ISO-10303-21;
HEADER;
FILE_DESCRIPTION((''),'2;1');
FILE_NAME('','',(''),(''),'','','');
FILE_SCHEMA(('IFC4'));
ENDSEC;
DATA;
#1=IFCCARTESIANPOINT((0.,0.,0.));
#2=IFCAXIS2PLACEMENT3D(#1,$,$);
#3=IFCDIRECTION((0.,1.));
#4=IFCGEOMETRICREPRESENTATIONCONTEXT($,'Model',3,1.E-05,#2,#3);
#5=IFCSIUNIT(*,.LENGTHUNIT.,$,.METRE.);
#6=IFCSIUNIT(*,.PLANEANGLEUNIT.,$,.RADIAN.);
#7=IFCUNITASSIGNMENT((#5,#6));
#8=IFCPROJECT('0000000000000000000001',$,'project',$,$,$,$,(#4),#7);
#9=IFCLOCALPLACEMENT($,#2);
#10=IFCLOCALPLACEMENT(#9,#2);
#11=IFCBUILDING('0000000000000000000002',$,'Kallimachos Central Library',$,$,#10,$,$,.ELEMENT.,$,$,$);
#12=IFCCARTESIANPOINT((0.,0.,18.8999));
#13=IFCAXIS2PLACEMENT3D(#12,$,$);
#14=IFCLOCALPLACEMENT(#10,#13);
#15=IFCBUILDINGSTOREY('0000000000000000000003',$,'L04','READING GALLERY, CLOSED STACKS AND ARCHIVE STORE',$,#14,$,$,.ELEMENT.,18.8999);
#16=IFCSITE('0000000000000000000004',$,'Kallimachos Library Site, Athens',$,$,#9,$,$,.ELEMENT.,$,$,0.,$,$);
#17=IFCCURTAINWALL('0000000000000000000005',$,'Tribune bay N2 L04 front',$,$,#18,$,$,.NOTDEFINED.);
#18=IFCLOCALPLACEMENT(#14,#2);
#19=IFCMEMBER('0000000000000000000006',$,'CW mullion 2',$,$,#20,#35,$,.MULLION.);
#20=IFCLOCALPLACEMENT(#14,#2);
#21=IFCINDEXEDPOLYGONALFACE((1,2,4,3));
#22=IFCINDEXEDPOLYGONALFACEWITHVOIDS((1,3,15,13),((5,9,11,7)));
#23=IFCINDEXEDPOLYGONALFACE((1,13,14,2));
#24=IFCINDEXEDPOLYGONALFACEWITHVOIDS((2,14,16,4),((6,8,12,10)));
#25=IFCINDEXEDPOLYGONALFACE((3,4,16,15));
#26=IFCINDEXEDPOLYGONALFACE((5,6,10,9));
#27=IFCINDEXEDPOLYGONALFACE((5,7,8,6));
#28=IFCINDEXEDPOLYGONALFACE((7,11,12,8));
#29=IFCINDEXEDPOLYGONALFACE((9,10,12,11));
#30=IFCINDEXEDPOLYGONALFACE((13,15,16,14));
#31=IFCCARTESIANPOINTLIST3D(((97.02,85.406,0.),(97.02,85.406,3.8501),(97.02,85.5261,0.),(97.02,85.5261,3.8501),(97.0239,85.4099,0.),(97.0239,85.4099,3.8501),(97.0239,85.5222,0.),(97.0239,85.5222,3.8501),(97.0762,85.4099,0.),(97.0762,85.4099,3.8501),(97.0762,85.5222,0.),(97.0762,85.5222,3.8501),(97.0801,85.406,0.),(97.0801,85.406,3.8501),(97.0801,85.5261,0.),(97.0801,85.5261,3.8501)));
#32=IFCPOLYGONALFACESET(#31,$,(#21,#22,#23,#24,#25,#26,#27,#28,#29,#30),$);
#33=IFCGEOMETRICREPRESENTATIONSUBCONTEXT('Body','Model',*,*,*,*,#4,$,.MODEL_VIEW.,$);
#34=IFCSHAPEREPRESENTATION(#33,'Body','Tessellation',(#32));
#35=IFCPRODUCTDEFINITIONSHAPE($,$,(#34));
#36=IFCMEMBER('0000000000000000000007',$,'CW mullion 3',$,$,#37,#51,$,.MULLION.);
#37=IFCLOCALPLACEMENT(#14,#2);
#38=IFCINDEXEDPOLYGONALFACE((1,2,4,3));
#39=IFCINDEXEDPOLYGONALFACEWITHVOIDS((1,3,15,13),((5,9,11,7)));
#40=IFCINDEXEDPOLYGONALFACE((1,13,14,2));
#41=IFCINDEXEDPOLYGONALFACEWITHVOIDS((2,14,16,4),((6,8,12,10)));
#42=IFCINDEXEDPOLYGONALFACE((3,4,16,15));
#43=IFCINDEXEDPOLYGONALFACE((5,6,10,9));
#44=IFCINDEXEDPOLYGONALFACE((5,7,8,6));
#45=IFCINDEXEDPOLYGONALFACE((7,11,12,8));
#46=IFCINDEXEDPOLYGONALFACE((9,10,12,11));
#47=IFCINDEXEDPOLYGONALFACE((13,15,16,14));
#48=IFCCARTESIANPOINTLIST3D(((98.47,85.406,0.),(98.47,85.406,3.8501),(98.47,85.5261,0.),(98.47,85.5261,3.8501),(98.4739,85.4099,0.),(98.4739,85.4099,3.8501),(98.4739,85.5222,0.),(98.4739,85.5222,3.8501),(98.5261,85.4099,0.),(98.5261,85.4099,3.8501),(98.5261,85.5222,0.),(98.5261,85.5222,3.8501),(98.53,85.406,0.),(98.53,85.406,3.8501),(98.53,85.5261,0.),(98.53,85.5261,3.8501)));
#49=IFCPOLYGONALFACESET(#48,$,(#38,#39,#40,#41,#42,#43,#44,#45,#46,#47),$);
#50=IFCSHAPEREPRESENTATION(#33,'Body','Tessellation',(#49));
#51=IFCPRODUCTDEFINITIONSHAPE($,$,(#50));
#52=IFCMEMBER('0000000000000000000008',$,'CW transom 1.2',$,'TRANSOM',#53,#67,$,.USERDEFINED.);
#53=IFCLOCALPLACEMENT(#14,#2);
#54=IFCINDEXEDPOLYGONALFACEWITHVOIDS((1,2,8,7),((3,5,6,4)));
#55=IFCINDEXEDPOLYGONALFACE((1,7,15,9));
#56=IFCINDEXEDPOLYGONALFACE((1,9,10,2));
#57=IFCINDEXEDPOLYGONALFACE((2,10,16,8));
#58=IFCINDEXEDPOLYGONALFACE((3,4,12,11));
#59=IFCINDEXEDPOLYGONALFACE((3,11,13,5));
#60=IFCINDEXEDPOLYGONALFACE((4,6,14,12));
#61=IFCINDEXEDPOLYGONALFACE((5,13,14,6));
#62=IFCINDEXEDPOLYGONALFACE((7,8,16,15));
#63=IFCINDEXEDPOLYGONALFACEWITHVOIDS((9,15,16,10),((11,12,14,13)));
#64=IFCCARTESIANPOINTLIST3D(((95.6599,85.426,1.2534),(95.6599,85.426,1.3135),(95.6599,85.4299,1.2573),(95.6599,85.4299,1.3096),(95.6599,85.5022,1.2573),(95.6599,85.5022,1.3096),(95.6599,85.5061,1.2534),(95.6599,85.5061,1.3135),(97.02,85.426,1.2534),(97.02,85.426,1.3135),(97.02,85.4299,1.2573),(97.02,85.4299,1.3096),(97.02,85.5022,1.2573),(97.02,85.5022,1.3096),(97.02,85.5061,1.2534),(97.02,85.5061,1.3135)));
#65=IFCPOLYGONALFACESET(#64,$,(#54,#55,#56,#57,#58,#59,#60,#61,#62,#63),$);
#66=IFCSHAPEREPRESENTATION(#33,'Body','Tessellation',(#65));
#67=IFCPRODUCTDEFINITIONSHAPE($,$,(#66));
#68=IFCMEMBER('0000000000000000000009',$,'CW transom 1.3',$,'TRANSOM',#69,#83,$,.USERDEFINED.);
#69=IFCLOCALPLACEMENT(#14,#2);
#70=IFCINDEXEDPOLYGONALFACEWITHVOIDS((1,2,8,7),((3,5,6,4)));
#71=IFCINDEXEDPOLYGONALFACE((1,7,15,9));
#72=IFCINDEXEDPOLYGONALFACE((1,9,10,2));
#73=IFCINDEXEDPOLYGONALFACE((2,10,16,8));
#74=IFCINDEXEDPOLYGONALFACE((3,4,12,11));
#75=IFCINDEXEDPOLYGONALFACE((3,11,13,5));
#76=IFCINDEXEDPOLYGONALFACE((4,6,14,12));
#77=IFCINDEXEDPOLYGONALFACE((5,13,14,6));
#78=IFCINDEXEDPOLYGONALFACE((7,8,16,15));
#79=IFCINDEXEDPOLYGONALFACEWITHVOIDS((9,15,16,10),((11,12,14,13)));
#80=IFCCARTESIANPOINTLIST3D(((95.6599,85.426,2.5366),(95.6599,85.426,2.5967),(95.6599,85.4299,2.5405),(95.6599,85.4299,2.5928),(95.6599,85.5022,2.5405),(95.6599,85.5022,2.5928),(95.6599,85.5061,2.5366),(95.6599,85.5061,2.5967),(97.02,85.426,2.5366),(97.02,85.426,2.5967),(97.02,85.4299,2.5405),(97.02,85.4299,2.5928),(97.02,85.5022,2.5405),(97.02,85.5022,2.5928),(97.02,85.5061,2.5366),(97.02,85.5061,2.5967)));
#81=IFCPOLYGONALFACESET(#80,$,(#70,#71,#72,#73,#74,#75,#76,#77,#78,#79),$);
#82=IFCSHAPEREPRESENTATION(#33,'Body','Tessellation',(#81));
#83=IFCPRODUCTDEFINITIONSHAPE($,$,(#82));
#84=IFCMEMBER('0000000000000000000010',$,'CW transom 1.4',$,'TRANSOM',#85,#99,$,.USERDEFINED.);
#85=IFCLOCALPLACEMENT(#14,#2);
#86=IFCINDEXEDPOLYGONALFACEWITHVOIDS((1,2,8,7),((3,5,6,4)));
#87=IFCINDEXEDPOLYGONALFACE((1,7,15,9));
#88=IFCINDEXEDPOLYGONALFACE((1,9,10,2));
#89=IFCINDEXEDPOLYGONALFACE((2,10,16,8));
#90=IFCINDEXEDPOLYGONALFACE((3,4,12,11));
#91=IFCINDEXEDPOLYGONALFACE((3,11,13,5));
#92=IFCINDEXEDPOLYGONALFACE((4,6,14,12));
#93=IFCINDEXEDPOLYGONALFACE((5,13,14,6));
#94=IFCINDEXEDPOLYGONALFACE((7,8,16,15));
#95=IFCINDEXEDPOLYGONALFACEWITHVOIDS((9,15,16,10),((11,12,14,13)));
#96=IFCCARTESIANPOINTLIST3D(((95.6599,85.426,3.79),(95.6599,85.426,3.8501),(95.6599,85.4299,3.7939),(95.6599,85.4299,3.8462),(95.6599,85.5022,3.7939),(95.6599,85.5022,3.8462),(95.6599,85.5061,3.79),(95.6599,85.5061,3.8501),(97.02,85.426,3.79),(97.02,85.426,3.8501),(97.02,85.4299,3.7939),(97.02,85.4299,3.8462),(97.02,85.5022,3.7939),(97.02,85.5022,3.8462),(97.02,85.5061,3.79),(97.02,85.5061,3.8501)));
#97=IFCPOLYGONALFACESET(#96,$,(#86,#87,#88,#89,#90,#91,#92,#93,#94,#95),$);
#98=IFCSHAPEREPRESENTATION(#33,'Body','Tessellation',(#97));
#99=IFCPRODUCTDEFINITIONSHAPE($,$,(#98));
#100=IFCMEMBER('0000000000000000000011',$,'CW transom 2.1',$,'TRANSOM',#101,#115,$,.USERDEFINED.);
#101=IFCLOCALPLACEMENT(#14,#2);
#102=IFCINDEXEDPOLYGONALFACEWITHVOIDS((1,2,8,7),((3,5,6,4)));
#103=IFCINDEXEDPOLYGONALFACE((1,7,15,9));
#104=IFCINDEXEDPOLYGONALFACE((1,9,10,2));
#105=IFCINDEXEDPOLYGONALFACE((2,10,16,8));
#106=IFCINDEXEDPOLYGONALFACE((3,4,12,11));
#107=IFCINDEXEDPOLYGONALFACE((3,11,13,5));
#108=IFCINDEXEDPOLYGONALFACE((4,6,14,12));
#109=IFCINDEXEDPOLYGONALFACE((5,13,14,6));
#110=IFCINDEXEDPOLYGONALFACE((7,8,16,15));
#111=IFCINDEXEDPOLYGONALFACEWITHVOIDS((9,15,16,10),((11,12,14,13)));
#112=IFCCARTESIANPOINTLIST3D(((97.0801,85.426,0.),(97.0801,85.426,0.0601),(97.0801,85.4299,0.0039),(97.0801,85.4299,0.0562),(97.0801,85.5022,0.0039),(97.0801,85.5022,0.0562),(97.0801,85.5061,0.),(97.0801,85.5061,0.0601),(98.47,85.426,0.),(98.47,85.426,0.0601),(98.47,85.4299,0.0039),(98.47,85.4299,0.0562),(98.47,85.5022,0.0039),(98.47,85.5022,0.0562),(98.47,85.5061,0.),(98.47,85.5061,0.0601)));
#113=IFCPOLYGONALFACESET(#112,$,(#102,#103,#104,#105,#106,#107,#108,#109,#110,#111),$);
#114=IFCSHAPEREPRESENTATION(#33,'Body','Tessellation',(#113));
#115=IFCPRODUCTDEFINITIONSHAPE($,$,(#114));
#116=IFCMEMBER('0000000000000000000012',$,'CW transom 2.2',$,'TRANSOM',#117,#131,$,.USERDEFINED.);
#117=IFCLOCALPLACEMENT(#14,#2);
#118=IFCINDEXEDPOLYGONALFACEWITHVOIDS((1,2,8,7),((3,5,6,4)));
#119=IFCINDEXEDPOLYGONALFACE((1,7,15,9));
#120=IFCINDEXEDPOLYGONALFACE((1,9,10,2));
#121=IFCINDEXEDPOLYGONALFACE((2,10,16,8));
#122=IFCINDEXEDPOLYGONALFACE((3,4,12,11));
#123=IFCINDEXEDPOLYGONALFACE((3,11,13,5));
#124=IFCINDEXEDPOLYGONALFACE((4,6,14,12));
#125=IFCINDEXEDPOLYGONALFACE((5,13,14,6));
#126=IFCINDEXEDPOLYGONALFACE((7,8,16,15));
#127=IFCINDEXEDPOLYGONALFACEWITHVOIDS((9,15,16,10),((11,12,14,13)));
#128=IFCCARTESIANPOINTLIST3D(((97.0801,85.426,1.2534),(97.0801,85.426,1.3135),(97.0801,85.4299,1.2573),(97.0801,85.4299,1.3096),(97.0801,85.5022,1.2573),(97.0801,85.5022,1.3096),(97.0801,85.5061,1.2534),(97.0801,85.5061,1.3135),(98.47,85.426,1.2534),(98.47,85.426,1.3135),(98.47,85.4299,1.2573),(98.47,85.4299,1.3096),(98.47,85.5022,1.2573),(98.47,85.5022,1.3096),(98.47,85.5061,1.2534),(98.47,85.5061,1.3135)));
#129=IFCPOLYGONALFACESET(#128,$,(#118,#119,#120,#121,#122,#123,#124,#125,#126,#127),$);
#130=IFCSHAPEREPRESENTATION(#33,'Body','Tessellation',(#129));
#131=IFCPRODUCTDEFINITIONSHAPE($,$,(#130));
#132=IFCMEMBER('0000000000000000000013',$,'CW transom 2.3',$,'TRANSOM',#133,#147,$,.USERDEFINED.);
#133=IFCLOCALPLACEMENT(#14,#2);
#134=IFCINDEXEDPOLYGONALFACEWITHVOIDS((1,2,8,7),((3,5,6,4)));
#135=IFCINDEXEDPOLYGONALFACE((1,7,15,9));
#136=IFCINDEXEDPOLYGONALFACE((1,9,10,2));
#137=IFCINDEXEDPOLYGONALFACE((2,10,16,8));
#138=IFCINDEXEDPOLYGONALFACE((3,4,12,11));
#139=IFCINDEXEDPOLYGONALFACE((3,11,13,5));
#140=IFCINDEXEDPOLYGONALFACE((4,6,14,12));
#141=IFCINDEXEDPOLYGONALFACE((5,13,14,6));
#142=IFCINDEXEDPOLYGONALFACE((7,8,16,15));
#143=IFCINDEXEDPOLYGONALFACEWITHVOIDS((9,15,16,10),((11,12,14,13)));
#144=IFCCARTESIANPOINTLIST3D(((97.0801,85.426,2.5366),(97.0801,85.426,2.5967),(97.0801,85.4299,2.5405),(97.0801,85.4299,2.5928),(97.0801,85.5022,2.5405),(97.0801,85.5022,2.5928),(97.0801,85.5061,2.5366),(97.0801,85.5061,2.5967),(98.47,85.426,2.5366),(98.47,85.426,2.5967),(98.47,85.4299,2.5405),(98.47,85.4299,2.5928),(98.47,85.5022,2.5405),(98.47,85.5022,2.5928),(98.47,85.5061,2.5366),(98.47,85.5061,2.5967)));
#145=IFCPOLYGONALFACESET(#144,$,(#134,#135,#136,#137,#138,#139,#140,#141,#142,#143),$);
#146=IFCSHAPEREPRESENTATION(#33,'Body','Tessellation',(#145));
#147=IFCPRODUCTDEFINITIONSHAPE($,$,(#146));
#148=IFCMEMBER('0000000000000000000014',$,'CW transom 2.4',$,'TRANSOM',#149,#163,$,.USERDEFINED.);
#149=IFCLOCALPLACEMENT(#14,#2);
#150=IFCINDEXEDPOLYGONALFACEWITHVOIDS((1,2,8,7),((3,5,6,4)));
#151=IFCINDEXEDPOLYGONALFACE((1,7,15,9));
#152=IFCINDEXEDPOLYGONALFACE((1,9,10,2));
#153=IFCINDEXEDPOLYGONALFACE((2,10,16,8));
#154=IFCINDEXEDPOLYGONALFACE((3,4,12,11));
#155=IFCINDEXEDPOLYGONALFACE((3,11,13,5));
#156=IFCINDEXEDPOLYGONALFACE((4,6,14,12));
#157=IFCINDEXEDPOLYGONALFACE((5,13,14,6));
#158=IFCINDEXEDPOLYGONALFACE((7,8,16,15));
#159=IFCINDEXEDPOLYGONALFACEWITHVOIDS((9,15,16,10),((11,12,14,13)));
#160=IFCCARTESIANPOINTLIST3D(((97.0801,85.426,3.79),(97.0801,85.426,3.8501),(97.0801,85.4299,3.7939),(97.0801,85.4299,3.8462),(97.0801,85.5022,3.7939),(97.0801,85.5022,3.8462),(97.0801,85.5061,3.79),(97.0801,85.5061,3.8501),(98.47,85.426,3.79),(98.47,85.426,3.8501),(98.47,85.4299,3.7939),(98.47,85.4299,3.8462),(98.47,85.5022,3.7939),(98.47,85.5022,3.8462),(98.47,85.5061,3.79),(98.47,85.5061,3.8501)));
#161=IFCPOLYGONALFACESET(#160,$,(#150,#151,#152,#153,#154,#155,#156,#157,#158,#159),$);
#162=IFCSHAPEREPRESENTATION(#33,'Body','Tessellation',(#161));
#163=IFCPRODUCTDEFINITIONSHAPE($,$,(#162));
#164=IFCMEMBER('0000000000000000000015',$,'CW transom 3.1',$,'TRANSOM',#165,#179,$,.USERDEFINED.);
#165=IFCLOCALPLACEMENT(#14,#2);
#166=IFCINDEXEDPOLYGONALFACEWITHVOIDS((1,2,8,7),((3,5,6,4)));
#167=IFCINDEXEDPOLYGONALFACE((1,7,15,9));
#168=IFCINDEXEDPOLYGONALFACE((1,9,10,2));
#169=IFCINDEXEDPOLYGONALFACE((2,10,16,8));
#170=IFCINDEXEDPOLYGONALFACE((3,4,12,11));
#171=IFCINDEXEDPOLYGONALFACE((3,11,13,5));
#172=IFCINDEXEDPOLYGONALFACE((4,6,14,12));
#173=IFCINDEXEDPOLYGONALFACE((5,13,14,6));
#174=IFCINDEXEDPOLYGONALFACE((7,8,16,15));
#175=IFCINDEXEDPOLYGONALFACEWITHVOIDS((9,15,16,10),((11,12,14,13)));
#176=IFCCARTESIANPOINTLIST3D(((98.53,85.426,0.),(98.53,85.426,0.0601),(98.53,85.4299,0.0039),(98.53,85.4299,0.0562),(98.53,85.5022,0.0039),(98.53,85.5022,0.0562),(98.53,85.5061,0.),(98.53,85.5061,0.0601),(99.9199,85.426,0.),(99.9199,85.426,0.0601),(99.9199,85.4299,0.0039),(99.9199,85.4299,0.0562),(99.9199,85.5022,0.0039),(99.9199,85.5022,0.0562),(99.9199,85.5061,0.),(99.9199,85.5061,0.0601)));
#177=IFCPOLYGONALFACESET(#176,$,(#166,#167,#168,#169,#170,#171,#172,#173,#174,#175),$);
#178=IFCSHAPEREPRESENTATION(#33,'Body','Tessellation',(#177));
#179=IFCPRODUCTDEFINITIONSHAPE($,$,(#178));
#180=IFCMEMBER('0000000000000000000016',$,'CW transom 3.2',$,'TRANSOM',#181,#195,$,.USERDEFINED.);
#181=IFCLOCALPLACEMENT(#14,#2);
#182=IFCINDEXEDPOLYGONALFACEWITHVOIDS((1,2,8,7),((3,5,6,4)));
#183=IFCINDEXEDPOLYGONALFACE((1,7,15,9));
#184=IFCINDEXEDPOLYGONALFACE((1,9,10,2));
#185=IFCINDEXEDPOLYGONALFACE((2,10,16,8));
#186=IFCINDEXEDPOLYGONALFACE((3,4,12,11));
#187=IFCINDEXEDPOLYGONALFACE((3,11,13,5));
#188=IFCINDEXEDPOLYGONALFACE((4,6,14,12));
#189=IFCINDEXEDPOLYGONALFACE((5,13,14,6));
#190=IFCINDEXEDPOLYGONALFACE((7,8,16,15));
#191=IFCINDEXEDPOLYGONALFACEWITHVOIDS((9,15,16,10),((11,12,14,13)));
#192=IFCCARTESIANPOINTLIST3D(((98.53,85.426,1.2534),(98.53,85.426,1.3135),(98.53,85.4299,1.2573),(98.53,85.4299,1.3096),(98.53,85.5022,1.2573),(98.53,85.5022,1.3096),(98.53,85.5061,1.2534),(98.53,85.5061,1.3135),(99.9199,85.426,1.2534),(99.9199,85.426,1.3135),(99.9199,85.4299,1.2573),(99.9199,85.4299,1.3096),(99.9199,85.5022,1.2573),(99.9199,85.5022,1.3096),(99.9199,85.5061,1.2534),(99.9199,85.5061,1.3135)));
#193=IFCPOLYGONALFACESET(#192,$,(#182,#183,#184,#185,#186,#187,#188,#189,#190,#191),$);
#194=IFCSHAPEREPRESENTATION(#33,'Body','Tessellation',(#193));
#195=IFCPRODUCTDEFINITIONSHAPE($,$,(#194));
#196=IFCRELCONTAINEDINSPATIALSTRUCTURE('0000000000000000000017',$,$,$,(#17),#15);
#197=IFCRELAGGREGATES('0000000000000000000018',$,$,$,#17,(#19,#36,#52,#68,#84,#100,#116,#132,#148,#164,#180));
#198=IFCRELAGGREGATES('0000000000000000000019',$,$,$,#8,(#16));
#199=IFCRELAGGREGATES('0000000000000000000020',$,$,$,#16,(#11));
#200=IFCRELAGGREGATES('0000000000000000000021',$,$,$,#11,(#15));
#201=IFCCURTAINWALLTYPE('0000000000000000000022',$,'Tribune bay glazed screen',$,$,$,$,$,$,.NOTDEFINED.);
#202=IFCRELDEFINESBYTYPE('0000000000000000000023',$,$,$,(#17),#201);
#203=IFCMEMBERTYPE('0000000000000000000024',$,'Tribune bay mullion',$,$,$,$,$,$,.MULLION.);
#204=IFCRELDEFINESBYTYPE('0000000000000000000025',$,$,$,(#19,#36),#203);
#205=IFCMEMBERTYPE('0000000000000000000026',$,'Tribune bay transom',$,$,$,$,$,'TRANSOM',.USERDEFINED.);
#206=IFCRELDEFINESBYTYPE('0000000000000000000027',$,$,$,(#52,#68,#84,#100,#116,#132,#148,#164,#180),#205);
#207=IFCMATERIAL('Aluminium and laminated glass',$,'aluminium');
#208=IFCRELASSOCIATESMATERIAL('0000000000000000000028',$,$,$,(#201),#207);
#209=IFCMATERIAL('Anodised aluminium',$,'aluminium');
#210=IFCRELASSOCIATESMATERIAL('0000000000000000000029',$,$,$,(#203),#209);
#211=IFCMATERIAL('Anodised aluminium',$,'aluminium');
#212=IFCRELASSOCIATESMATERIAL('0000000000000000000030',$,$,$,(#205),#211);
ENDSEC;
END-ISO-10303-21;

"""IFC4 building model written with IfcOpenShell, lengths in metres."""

from ifc_helpers import new_model, si_unit, direction, frame, origin, origin_2d, place, context, subcontext, project, spatial, hollow_rectangle, extrude, material, material_profile, profile_set, type_object, element, aggregate, save


model = new_model("IFC4")

# Units and contexts
model_context = context("Model", 3, precision=1e-05, world=origin(), true_north=direction((0.0, 1.0)))
body_context = subcontext(model_context, "Body", "Model", "MODEL_VIEW")
ifc_project = project(units=[si_unit("LENGTHUNIT", "METRE"), si_unit("PLANEANGLEUNIT", "RADIAN")], contexts=[model_context])

# Site, building, storey
site_placement = place(None, origin())
site = spatial("IfcSite", under=ifc_project, at=site_placement, Name="Kallimachos Library Site, Athens", CompositionType="ELEMENT", RefElevation=0.0)
building_placement = place(site_placement, origin())
building = spatial("IfcBuilding", under=site, at=building_placement, Name="Kallimachos Central Library", CompositionType="ELEMENT")
storey_placement = place(building_placement, frame((0.0, 0.0, 18.8999)))
storey = spatial("IfcBuildingStorey", under=building, at=storey_placement, Name="L04", Description="READING GALLERY, CLOSED STACKS AND ARCHIVE STORE", CompositionType="ELEMENT", Elevation=18.8999)

# Curtain wall, members
ifc_material_1 = material(Name="Aluminium and laminated glass", Category="aluminium")
curtain_wall_type = type_object("IfcCurtainWallType", Name="Tribune bay glazed screen", PredefinedType="NOTDEFINED", material=ifc_material_1)
curtain_wall_placement = place(storey_placement, origin())
curtain_wall = element("IfcCurtainWall", 1, at=curtain_wall_placement, inside=storey, type_object=curtain_wall_type, Name="Tribune bay N2 L04 front", PredefinedType="NOTDEFINED")
ifc_material_2 = material(Name="Anodised aluminium", Category="aluminium")
ifc_material_profile_1 = material_profile(ifc_material_2, hollow_rectangle(XDim=0.0601, YDim=0.1201, WallThickness=0.0039, at=origin_2d()), Name="ALU MULLION 60x120")
ifc_profile_set_1 = profile_set([ifc_material_profile_1], Name="Anodised aluminium")
member_type_1 = type_object("IfcMemberType", Name="Tribune bay mullion", PredefinedType="MULLION", material=ifc_profile_set_1)
member_1_placement = place(storey_placement, frame((97.05, 85.4661, 0.0), z_axis=(0.0, 0.0, 1.0), x_axis=(1.0, 0.0, 0.0)))
member_1 = element("IfcMember", 2, at=member_1_placement, type_object=member_type_1, Name="CW mullion 2", PredefinedType="MULLION", context=body_context, shape_type="SweptSolid", body=[
    extrude(hollow_rectangle(XDim=0.0601, YDim=0.1201, WallThickness=0.0039, at=origin_2d()), origin(), (0.0, 0.0, 1.0), 3.8501),
])
member_2_placement = place(storey_placement, frame((98.5, 85.4661, 0.0), z_axis=(0.0, 0.0, 1.0), x_axis=(1.0, 0.0, 0.0)))
member_2 = element("IfcMember", 3, at=member_2_placement, type_object=member_type_1, Name="CW mullion 3", PredefinedType="MULLION", context=body_context, shape_type="SweptSolid", body=[
    extrude(hollow_rectangle(XDim=0.0601, YDim=0.1201, WallThickness=0.0039, at=origin_2d()), origin(), (0.0, 0.0, 1.0), 3.8501),
])
ifc_material_3 = material(Name="Anodised aluminium", Category="aluminium")
ifc_material_profile_2 = material_profile(ifc_material_3, hollow_rectangle(XDim=0.0601, YDim=0.0801, WallThickness=0.0039, at=origin_2d()), Name="ALU TRANSOM 60x80")
ifc_profile_set_2 = profile_set([ifc_material_profile_2], Name="Anodised aluminium")
member_type_2 = type_object("IfcMemberType", Name="Tribune bay transom", ElementType="TRANSOM", PredefinedType="USERDEFINED", material=ifc_profile_set_2)
member_3_placement = place(storey_placement, frame((95.6599, 85.4661, 1.2834), z_axis=(1.0, 0.0, 0.0), x_axis=(0.0, 0.0, 1.0)))
member_3 = element("IfcMember", 4, at=member_3_placement, type_object=member_type_2, Name="CW transom 1.2", ObjectType="TRANSOM", PredefinedType="USERDEFINED", context=body_context, shape_type="SweptSolid", body=[
    extrude(hollow_rectangle(XDim=0.0601, YDim=0.0801, WallThickness=0.0039, at=origin_2d()), origin(), (0.0, 0.0, 1.0), 1.3601),
])
member_4_placement = place(storey_placement, frame((95.6599, 85.4661, 2.5667), z_axis=(1.0, 0.0, 0.0), x_axis=(0.0, 0.0, 1.0)))
member_4 = element("IfcMember", 5, at=member_4_placement, type_object=member_type_2, Name="CW transom 1.3", ObjectType="TRANSOM", PredefinedType="USERDEFINED", context=body_context, shape_type="SweptSolid", body=[
    extrude(hollow_rectangle(XDim=0.0601, YDim=0.0801, WallThickness=0.0039, at=origin_2d()), origin(), (0.0, 0.0, 1.0), 1.3601),
])
member_5_placement = place(storey_placement, frame((95.6599, 85.4661, 3.8201), z_axis=(1.0, 0.0, 0.0), x_axis=(0.0, 0.0, 1.0)))
member_5 = element("IfcMember", 6, at=member_5_placement, type_object=member_type_2, Name="CW transom 1.4", ObjectType="TRANSOM", PredefinedType="USERDEFINED", context=body_context, shape_type="SweptSolid", body=[
    extrude(hollow_rectangle(XDim=0.0601, YDim=0.0801, WallThickness=0.0039, at=origin_2d()), origin(), (0.0, 0.0, 1.0), 1.3601),
])
member_6_placement = place(storey_placement, frame((97.0801, 85.4661, 0.03), z_axis=(1.0, 0.0, 0.0), x_axis=(0.0, 0.0, 1.0)))
member_6 = element("IfcMember", 7, at=member_6_placement, type_object=member_type_2, Name="CW transom 2.1", ObjectType="TRANSOM", PredefinedType="USERDEFINED", context=body_context, shape_type="SweptSolid", body=[
    extrude(hollow_rectangle(XDim=0.0601, YDim=0.0801, WallThickness=0.0039, at=origin_2d()), origin(), (0.0, 0.0, 1.0), 1.3899),
])
member_7_placement = place(storey_placement, frame((97.0801, 85.4661, 1.2834), z_axis=(1.0, 0.0, 0.0), x_axis=(0.0, 0.0, 1.0)))
member_7 = element("IfcMember", 8, at=member_7_placement, type_object=member_type_2, Name="CW transom 2.2", ObjectType="TRANSOM", PredefinedType="USERDEFINED", context=body_context, shape_type="SweptSolid", body=[
    extrude(hollow_rectangle(XDim=0.0601, YDim=0.0801, WallThickness=0.0039, at=origin_2d()), origin(), (0.0, 0.0, 1.0), 1.3899),
])
member_8_placement = place(storey_placement, frame((97.0801, 85.4661, 2.5667), z_axis=(1.0, 0.0, 0.0), x_axis=(0.0, 0.0, 1.0)))
member_8 = element("IfcMember", 9, at=member_8_placement, type_object=member_type_2, Name="CW transom 2.3", ObjectType="TRANSOM", PredefinedType="USERDEFINED", context=body_context, shape_type="SweptSolid", body=[
    extrude(hollow_rectangle(XDim=0.0601, YDim=0.0801, WallThickness=0.0039, at=origin_2d()), origin(), (0.0, 0.0, 1.0), 1.3899),
])
member_9_placement = place(storey_placement, frame((97.0801, 85.4661, 3.8201), z_axis=(1.0, 0.0, 0.0), x_axis=(0.0, 0.0, 1.0)))
member_9 = element("IfcMember", 10, at=member_9_placement, type_object=member_type_2, Name="CW transom 2.4", ObjectType="TRANSOM", PredefinedType="USERDEFINED", context=body_context, shape_type="SweptSolid", body=[
    extrude(hollow_rectangle(XDim=0.0601, YDim=0.0801, WallThickness=0.0039, at=origin_2d()), origin(), (0.0, 0.0, 1.0), 1.3899),
])
member_10_placement = place(storey_placement, frame((98.53, 85.4661, 0.03), z_axis=(1.0, 0.0, 0.0), x_axis=(0.0, 0.0, 1.0)))
member_10 = element("IfcMember", 11, at=member_10_placement, type_object=member_type_2, Name="CW transom 3.1", ObjectType="TRANSOM", PredefinedType="USERDEFINED", context=body_context, shape_type="SweptSolid", body=[
    extrude(hollow_rectangle(XDim=0.0601, YDim=0.0801, WallThickness=0.0039, at=origin_2d()), origin(), (0.0, 0.0, 1.0), 1.3899),
])
member_11_placement = place(storey_placement, frame((98.53, 85.4661, 1.2834), z_axis=(1.0, 0.0, 0.0), x_axis=(0.0, 0.0, 1.0)))
member_11 = element("IfcMember", 12, at=member_11_placement, type_object=member_type_2, Name="CW transom 3.2", ObjectType="TRANSOM", PredefinedType="USERDEFINED", context=body_context, shape_type="SweptSolid", body=[
    extrude(hollow_rectangle(XDim=0.0601, YDim=0.0801, WallThickness=0.0039, at=origin_2d()), origin(), (0.0, 0.0, 1.0), 1.3899),
])
aggregate(curtain_wall, [member_1, member_2, member_3, member_4, member_5, member_6, member_7, member_8, member_9, member_10, member_11])

save(model, "model.ifc")
